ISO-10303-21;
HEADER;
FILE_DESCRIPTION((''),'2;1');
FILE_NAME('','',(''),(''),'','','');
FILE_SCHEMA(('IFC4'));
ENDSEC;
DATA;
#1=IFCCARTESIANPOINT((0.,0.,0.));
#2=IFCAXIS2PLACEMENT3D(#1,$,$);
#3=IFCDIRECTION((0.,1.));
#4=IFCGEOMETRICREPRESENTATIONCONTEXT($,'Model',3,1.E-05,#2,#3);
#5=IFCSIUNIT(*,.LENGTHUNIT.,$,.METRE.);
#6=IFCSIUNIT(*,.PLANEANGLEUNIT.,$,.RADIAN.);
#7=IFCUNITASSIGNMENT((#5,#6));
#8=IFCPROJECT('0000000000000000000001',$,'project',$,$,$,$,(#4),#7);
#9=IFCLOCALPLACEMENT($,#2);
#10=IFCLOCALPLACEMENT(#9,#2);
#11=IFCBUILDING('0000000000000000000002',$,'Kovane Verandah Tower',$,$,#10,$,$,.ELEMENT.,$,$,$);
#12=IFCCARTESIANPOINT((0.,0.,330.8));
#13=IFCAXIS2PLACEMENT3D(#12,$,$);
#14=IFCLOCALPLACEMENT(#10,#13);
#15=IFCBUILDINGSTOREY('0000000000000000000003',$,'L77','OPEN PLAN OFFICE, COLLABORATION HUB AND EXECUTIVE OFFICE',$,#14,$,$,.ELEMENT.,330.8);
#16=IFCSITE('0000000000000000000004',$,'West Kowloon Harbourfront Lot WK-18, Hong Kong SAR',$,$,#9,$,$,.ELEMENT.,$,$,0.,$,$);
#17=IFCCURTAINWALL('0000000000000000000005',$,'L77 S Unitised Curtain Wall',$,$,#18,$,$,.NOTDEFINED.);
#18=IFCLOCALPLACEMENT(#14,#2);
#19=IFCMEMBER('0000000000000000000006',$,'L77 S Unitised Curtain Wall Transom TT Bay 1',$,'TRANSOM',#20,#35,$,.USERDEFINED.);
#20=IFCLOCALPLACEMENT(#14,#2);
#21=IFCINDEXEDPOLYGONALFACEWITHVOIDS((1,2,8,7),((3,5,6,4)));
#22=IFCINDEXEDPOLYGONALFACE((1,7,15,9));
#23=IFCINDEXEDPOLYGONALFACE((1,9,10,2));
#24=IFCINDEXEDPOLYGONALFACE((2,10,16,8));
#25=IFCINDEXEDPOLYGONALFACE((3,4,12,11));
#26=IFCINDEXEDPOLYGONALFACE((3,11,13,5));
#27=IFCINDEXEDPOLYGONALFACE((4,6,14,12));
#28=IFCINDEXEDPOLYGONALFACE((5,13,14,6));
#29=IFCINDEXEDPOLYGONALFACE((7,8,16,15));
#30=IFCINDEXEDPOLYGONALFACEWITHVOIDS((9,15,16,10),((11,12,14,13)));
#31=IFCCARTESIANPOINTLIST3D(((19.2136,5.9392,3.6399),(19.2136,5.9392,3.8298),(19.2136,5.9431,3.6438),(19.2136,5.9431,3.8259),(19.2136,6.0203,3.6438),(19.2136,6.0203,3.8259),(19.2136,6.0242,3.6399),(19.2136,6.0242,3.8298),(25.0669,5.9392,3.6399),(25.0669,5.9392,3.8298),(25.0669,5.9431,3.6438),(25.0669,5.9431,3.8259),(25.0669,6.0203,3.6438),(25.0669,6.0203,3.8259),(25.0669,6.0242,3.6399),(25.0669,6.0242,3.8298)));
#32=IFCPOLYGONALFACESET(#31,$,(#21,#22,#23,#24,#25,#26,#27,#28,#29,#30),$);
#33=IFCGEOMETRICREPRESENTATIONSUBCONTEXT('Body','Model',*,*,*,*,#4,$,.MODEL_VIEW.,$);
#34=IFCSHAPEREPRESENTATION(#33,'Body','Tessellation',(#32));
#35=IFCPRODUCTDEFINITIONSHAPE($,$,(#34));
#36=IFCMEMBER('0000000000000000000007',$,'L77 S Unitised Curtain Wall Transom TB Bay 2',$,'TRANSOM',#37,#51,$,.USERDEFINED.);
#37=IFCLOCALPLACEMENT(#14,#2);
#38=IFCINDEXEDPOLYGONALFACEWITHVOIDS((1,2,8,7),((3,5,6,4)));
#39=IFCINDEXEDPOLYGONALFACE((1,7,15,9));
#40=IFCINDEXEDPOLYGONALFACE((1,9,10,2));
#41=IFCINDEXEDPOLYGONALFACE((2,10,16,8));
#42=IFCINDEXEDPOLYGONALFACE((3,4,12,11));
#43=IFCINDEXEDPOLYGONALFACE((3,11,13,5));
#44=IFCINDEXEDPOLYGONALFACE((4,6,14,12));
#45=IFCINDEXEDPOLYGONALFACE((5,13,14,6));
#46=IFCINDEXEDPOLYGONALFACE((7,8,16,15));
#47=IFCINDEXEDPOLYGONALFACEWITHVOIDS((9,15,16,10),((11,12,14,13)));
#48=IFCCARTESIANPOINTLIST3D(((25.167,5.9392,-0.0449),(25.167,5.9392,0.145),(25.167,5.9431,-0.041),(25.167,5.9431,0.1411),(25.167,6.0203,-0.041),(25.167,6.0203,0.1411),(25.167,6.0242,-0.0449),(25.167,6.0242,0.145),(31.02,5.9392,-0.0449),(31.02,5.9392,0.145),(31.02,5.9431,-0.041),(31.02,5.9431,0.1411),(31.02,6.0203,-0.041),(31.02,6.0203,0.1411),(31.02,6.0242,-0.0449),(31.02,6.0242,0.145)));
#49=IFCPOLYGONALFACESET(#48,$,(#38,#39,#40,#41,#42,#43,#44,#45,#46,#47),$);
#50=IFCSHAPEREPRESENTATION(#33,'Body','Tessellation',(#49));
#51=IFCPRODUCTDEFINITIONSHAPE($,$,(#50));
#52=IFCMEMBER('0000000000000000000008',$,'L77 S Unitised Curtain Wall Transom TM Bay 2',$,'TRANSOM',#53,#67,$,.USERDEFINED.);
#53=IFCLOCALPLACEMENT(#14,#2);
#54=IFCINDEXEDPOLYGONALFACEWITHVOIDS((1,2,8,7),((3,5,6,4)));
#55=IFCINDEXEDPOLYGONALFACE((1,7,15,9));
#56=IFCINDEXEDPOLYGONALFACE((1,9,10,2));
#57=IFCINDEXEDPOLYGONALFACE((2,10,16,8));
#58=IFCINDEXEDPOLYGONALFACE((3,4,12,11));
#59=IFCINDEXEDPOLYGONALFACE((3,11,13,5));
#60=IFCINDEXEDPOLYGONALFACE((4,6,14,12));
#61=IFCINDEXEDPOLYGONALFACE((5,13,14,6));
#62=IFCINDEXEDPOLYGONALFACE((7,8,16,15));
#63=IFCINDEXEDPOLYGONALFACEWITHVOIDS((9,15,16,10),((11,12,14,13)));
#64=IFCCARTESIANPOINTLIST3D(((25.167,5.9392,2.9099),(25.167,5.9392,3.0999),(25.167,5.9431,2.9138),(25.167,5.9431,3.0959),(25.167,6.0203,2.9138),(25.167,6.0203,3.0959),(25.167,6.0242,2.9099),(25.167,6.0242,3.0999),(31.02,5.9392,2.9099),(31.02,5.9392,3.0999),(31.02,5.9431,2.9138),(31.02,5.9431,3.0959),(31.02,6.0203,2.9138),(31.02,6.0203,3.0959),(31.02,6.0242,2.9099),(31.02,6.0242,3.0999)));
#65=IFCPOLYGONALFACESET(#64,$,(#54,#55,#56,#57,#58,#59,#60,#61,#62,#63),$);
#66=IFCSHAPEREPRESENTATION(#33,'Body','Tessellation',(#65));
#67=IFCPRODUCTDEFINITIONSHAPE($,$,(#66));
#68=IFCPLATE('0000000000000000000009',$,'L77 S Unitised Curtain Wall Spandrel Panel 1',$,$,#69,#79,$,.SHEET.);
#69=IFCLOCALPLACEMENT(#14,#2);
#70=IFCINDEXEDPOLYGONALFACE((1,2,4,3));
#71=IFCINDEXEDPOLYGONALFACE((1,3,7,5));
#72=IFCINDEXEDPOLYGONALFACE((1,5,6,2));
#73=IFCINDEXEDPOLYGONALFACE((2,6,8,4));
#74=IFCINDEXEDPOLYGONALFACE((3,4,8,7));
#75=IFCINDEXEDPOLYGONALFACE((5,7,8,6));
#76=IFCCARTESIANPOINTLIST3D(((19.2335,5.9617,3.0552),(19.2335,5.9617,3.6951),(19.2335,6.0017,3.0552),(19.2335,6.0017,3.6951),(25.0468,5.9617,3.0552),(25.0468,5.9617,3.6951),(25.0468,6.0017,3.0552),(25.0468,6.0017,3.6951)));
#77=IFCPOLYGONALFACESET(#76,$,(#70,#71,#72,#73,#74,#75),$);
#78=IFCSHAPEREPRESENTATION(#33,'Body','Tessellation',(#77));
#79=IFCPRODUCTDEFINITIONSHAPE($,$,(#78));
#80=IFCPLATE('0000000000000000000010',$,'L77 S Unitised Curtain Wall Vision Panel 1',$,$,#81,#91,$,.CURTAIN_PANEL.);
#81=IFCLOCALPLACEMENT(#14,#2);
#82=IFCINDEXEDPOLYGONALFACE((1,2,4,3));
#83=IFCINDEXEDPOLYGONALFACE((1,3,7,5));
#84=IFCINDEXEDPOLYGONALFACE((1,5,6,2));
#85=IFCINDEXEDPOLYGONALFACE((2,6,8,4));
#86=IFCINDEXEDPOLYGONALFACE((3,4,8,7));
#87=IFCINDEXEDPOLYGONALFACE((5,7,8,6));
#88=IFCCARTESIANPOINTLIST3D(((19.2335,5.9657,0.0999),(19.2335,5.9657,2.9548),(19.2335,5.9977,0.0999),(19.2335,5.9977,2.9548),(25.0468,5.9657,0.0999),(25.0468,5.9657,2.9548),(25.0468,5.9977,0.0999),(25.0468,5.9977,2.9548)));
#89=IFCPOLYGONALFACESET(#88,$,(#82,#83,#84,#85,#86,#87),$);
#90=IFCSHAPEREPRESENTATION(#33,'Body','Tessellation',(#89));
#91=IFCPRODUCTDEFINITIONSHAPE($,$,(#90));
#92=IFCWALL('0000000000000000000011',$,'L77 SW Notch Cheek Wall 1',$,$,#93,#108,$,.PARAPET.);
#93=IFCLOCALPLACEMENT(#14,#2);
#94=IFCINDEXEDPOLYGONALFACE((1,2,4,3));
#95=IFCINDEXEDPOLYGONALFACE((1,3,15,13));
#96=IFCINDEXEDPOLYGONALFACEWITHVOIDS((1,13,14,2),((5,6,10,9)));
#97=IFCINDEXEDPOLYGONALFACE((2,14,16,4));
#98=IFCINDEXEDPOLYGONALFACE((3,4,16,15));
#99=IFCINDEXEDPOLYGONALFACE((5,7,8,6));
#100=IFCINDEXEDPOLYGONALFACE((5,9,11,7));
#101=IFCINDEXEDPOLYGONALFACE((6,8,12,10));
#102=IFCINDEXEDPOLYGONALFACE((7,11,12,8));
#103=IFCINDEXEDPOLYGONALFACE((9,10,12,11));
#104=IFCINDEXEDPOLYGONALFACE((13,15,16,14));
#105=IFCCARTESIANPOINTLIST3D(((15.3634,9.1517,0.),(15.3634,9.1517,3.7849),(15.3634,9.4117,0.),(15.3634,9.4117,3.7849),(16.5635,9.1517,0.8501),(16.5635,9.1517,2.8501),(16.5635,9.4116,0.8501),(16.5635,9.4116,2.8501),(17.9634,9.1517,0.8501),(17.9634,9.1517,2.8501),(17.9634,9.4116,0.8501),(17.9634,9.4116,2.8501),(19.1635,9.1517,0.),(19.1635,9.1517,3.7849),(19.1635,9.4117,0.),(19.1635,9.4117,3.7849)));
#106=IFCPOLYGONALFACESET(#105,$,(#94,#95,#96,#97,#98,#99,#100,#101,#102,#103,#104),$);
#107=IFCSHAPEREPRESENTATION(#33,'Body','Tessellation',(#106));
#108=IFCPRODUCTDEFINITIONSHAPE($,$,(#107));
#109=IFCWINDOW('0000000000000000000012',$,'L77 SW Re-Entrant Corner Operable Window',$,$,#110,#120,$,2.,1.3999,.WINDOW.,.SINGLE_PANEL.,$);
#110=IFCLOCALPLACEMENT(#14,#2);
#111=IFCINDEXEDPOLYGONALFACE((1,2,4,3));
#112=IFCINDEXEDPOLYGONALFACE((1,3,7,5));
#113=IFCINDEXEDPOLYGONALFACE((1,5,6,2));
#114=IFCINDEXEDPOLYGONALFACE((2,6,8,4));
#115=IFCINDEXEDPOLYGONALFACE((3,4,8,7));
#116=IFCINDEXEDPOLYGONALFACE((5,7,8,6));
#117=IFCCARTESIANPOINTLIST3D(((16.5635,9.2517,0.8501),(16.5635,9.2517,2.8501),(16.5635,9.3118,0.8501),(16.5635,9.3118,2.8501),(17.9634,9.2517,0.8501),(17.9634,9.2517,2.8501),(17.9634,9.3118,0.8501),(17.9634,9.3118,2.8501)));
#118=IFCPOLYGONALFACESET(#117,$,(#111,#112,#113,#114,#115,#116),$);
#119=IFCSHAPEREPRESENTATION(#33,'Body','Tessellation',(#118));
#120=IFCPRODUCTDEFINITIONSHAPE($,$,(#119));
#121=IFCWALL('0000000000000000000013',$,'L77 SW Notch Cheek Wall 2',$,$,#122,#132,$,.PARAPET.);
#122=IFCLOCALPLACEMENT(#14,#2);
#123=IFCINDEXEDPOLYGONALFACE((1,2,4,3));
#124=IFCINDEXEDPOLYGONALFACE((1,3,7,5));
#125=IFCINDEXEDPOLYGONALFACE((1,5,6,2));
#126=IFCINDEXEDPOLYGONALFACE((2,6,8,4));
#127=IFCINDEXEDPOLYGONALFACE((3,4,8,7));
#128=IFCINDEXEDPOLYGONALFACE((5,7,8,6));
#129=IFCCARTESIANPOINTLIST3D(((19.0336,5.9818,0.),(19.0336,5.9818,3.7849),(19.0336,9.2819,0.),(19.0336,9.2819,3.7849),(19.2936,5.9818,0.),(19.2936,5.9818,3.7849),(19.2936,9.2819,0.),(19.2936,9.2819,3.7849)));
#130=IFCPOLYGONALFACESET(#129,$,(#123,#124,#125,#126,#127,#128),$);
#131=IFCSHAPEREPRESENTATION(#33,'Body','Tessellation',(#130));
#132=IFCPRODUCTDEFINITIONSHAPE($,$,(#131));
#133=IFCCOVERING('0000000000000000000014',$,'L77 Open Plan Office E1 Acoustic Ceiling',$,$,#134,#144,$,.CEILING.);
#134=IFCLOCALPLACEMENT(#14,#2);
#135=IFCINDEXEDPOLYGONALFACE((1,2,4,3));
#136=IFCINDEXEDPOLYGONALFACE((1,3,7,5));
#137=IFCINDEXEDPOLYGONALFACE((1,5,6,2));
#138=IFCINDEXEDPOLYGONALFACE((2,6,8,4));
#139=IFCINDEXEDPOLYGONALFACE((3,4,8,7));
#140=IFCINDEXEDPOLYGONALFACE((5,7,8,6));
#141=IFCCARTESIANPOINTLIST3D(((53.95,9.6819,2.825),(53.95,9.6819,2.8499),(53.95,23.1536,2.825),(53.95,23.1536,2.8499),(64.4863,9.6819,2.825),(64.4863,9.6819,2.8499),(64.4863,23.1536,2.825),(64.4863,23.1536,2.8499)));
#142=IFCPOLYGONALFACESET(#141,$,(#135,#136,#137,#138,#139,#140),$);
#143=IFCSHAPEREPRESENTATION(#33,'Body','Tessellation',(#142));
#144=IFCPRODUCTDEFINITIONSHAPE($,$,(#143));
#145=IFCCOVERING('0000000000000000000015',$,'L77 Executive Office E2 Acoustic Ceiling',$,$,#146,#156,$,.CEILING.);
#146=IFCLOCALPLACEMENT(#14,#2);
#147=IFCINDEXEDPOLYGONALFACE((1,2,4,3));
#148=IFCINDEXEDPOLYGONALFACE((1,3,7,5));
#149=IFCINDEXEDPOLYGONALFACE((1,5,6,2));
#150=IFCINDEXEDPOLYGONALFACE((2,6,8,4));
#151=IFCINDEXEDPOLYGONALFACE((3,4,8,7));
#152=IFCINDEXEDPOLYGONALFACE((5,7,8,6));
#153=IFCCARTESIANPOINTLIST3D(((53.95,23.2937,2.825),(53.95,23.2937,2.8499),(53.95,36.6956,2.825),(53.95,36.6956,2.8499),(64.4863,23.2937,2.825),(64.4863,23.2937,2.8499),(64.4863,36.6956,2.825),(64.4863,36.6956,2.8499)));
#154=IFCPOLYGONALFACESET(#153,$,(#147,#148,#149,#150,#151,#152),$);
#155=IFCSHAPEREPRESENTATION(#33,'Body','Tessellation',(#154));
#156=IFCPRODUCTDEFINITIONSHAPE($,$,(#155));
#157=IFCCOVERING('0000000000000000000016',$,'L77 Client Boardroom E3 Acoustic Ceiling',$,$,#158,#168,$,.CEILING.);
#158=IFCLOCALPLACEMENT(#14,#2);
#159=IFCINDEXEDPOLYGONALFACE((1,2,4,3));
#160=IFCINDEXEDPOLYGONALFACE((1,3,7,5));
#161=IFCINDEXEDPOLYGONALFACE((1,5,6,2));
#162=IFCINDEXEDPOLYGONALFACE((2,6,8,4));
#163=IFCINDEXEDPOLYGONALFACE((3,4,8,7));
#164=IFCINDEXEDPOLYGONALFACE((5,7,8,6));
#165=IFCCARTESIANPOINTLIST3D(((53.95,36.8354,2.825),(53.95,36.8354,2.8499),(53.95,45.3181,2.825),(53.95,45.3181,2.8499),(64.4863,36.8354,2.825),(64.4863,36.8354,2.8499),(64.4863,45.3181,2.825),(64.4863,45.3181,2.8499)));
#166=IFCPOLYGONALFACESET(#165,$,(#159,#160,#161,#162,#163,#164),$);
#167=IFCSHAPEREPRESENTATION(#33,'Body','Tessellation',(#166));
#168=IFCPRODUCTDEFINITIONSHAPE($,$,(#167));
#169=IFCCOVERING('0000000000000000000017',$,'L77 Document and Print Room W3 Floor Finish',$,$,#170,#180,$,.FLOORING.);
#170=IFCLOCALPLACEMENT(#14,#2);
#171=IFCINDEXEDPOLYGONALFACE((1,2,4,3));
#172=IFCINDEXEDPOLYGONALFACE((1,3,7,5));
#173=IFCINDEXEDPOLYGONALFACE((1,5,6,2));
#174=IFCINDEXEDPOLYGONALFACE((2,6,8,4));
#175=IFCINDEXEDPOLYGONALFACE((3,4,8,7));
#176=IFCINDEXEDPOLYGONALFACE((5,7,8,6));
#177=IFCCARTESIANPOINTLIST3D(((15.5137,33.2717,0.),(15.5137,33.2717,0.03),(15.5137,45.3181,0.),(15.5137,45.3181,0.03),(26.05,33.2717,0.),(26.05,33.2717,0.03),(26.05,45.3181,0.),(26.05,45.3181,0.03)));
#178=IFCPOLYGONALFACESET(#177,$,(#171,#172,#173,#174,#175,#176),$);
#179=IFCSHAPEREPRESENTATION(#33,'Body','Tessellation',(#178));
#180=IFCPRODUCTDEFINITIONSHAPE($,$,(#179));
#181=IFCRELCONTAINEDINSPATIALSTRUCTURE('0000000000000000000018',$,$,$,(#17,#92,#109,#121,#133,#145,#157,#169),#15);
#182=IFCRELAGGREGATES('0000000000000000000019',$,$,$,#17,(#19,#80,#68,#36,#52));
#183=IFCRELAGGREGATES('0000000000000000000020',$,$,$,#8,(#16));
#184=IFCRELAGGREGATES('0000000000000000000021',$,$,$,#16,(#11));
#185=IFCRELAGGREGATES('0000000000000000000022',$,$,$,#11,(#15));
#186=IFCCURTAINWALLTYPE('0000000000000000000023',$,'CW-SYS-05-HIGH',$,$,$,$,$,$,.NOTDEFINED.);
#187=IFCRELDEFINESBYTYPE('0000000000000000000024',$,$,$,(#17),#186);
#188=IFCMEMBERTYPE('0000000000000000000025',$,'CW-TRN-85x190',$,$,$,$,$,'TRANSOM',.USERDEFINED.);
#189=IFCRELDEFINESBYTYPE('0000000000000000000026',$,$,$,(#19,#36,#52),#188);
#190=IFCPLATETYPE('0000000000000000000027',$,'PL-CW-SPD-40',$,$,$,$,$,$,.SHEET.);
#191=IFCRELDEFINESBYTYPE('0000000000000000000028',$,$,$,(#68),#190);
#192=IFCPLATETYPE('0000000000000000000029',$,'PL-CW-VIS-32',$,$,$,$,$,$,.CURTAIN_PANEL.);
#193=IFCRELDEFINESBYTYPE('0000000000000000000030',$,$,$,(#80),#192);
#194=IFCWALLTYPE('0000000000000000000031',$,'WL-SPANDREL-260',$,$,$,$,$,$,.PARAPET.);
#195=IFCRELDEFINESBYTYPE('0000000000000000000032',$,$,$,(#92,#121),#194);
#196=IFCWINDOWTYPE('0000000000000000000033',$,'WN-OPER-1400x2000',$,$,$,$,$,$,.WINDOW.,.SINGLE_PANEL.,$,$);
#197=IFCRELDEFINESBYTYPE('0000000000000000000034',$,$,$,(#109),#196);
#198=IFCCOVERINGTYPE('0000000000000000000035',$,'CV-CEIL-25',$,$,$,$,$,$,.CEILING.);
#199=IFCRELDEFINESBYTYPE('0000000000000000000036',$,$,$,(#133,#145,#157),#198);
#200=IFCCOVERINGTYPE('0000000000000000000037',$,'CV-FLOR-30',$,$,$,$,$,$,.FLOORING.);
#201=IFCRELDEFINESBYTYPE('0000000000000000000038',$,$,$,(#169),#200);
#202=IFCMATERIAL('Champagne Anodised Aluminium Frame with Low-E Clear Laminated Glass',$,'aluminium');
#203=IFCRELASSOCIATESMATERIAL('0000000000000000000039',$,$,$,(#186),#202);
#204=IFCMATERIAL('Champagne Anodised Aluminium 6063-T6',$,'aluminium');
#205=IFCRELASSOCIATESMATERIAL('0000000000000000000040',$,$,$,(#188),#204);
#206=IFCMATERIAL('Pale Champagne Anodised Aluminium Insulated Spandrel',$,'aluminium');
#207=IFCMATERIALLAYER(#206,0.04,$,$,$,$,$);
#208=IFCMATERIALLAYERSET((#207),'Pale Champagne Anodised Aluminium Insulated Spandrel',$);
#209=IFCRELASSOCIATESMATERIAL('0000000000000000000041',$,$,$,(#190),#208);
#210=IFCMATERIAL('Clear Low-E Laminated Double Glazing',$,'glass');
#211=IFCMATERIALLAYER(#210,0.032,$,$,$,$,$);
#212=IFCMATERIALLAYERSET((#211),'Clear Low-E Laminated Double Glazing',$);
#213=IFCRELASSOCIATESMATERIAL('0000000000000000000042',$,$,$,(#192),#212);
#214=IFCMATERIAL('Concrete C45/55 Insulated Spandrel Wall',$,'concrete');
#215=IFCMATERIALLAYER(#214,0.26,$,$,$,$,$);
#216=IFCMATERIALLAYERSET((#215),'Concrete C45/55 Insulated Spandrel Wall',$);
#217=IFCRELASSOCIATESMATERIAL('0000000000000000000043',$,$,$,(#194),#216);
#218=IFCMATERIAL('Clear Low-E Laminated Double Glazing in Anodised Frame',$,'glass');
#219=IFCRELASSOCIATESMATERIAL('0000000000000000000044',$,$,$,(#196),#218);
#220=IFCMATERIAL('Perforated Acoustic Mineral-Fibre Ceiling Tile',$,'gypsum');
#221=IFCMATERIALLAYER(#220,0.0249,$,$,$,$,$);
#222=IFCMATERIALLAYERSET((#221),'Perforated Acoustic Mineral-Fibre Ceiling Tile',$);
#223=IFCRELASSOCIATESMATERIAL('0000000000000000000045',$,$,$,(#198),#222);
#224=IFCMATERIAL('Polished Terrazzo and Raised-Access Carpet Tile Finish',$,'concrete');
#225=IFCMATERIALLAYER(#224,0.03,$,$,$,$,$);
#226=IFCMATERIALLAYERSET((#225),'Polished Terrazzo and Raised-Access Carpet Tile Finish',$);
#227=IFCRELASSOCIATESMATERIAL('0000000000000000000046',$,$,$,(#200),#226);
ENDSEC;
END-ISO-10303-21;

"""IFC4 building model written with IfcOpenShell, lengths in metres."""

from ifc_helpers import new_model, si_unit, direction, frame, frame_2d, origin, origin_2d, place, context, subcontext, project, spatial, polyline, rectangle, hollow_rectangle, outline, extrude, material, layer, layer_set, material_profile, profile_set, type_object, element, fill, aggregate, save


model = new_model("IFC4")

# Units and contexts
model_context = context("Model", 3, precision=1e-05, world=origin(), true_north=direction((0.0, 1.0)))
body_context = subcontext(model_context, "Body", "Model", "MODEL_VIEW")
ifc_project = project(units=[si_unit("LENGTHUNIT", "METRE"), si_unit("PLANEANGLEUNIT", "RADIAN")], contexts=[model_context])

# Site, building, storey
site_placement = place(None, origin())
site = spatial("IfcSite", under=ifc_project, at=site_placement, Name="West Kowloon Harbourfront Lot WK-18, Hong Kong SAR", CompositionType="ELEMENT", RefElevation=0.0)
building_placement = place(site_placement, origin())
building = spatial("IfcBuilding", under=site, at=building_placement, Name="Kovane Verandah Tower", CompositionType="ELEMENT")
storey_placement = place(building_placement, frame((0.0, 0.0, 330.8)))
storey = spatial("IfcBuildingStorey", under=building, at=storey_placement, Name="L77", Description="OPEN PLAN OFFICE, COLLABORATION HUB AND EXECUTIVE OFFICE", CompositionType="ELEMENT", Elevation=330.8)

# Curtain wall, members, plates
ifc_material_1 = material(Name="Champagne Anodised Aluminium Frame with Low-E Clear Laminated Glass", Category="aluminium")
curtain_wall_type = type_object("IfcCurtainWallType", Name="CW-SYS-05-HIGH", PredefinedType="NOTDEFINED", material=ifc_material_1)
curtain_wall_placement = place(storey_placement, origin())
curtain_wall = element("IfcCurtainWall", 1, at=curtain_wall_placement, inside=storey, type_object=curtain_wall_type, Name="L77 S Unitised Curtain Wall", PredefinedType="NOTDEFINED")
ifc_material_2 = material(Name="Champagne Anodised Aluminium 6063-T6", Category="aluminium")
ifc_material_profile_1 = material_profile(ifc_material_2, hollow_rectangle(XDim=0.085, YDim=0.1899, WallThickness=0.0039, at=origin_2d()), Name="AL85x190x4")
ifc_profile_set_1 = profile_set([ifc_material_profile_1], Name="Champagne Anodised Aluminium 6063-T6")
member_type_1 = type_object("IfcMemberType", Name="CW-TRN-85x190", ElementType="TRANSOM", PredefinedType="USERDEFINED", material=ifc_profile_set_1)
member_1_placement = place(storey_placement, frame((19.2136, 5.9817, 3.7349), z_axis=(1.0, 0.0, 0.0), x_axis=(0.0, 1.0, 0.0)))
member_1 = element("IfcMember", 2, at=member_1_placement, type_object=member_type_1, Name="L77 S Unitised Curtain Wall Transom TT Bay 1", ObjectType="TRANSOM", PredefinedType="USERDEFINED", context=body_context, shape_type="SweptSolid", body=[
    extrude(hollow_rectangle(XDim=0.085, YDim=0.1899, WallThickness=0.0039, at=origin_2d()), origin(), (0.0, 0.0, 1.0), 5.8533),
])
member_2_placement = place(storey_placement, frame((25.167, 5.9817, 0.05), z_axis=(1.0, 0.0, 0.0), x_axis=(0.0, 1.0, 0.0)))
member_2 = element("IfcMember", 3, at=member_2_placement, type_object=member_type_1, Name="L77 S Unitised Curtain Wall Transom TB Bay 2", ObjectType="TRANSOM", PredefinedType="USERDEFINED", context=body_context, shape_type="SweptSolid", body=[
    extrude(hollow_rectangle(XDim=0.085, YDim=0.1899, WallThickness=0.0039, at=origin_2d()), origin(), (0.0, 0.0, 1.0), 5.853),
])
member_3_placement = place(storey_placement, frame((25.167, 5.9817, 3.0049), z_axis=(1.0, 0.0, 0.0), x_axis=(0.0, 1.0, 0.0)))
member_3 = element("IfcMember", 4, at=member_3_placement, type_object=member_type_1, Name="L77 S Unitised Curtain Wall Transom TM Bay 2", ObjectType="TRANSOM", PredefinedType="USERDEFINED", context=body_context, shape_type="SweptSolid", body=[
    extrude(hollow_rectangle(XDim=0.085, YDim=0.1899, WallThickness=0.0039, at=origin_2d()), origin(), (0.0, 0.0, 1.0), 5.853),
])
ifc_material_3 = material(Name="Pale Champagne Anodised Aluminium Insulated Spandrel", Category="aluminium")
ifc_layer_1 = layer(ifc_material_3, 0.04)
ifc_layer_set_1 = layer_set([ifc_layer_1], Name="Pale Champagne Anodised Aluminium Insulated Spandrel")
plate_type_1 = type_object("IfcPlateType", Name="PL-CW-SPD-40", PredefinedType="SHEET", material=ifc_layer_set_1)
plate_1_placement = place(storey_placement, frame((22.1401, 5.9817, 3.0552), z_axis=(0.0, 0.0, 1.0), x_axis=(1.0, 0.0, 0.0)))
plate_1 = element("IfcPlate", 5, at=plate_1_placement, type_object=plate_type_1, Name="L77 S Unitised Curtain Wall Spandrel Panel 1", PredefinedType="SHEET", context=body_context, shape_type="SweptSolid", body=[
    extrude(rectangle(XDim=5.8132, YDim=0.04, at=origin_2d()), origin(), (0.0, 0.0, 1.0), 0.6399),
])
ifc_material_4 = material(Name="Clear Low-E Laminated Double Glazing", Category="glass")
ifc_layer_2 = layer(ifc_material_4, 0.032)
ifc_layer_set_2 = layer_set([ifc_layer_2], Name="Clear Low-E Laminated Double Glazing")
plate_type_2 = type_object("IfcPlateType", Name="PL-CW-VIS-32", PredefinedType="CURTAIN_PANEL", material=ifc_layer_set_2)
plate_2_placement = place(storey_placement, frame((22.1401, 5.9817, 0.0999), z_axis=(0.0, 0.0, 1.0), x_axis=(1.0, 0.0, 0.0)))
plate_2 = element("IfcPlate", 6, at=plate_2_placement, type_object=plate_type_2, Name="L77 S Unitised Curtain Wall Vision Panel 1", PredefinedType="CURTAIN_PANEL", context=body_context, shape_type="SweptSolid", body=[
    extrude(rectangle(XDim=5.8132, YDim=0.032, at=origin_2d()), origin(), (0.0, 0.0, 1.0), 2.855),
])
aggregate(curtain_wall, [member_1, plate_2, plate_1, member_2, member_3])

# Wall, opening, window
ifc_material_5 = material(Name="Concrete C45/55 Insulated Spandrel Wall", Category="concrete")
ifc_layer_3 = layer(ifc_material_5, 0.26)
ifc_layer_set_3 = layer_set([ifc_layer_3], Name="Concrete C45/55 Insulated Spandrel Wall")
wall_type = type_object("IfcWallType", Name="WL-SPANDREL-260", PredefinedType="PARAPET", material=ifc_layer_set_3)
wall_1_placement = place(storey_placement, frame((15.3635, 9.2817, 0.0), z_axis=(0.0, 0.0, 1.0), x_axis=(1.0, 0.0, 0.0)))
wall_1 = element("IfcWall", 7, at=wall_1_placement, inside=storey, type_object=wall_type, Name="L77 SW Notch Cheek Wall 1", PredefinedType="PARAPET", context=body_context, shape_type="SweptSolid", body=[
    extrude(rectangle(XDim=3.8, YDim=0.26, at=frame_2d((1.8999, 0.0))), origin(), (0.0, 0.0, 1.0), 3.7849),
])
opening_placement = place(wall_1_placement, frame((1.2, 0.0, 0.8501)))
opening = element("IfcOpeningElement", 8, at=opening_placement, cuts=wall_1, PredefinedType="OPENING", context=body_context, shape_type="SweptSolid", body=[
    extrude(rectangle(XDim=1.3999, YDim=2.0, at=frame_2d((0.7, 1.0))), frame((0.0, 0.1299, 0.0), z_axis=(0.0, -1.0, 0.0), x_axis=(1.0, 0.0, 0.0)), (0.0, 0.0, 1.0), 0.26),
])
ifc_material_6 = material(Name="Clear Low-E Laminated Double Glazing in Anodised Frame", Category="glass")
window_type = type_object("IfcWindowType", Name="WN-OPER-1400x2000", PartitioningType="SINGLE_PANEL", PredefinedType="WINDOW", material=ifc_material_6)
window_placement = place(opening_placement, origin())
window = element("IfcWindow", 9, at=window_placement, inside=storey, type_object=window_type, Name="L77 SW Re-Entrant Corner Operable Window", OverallHeight=2.0, OverallWidth=1.3999, PartitioningType="SINGLE_PANEL", PredefinedType="WINDOW", context=body_context, shape_type="SweptSolid", body=[
    extrude(rectangle(XDim=1.3999, YDim=2.0, at=frame_2d((0.7, 1.0))), frame((0.0, 0.03, 0.0), z_axis=(0.0, -1.0, 0.0), x_axis=(1.0, 0.0, 0.0)), (0.0, 0.0, 1.0), 0.0601),
])
fill(opening, window)

# Wall
wall_2_placement = place(storey_placement, frame((19.1636, 9.2817, 0.0), z_axis=(0.0, 0.0, 1.0), x_axis=(0.0, -1.0, 0.0)))
element("IfcWall", 10, at=wall_2_placement, inside=storey, type_object=wall_type, Name="L77 SW Notch Cheek Wall 2", PredefinedType="PARAPET", context=body_context, shape_type="SweptSolid", body=[
    extrude(rectangle(XDim=3.3, YDim=0.26, at=frame_2d((1.6499, 0.0))), origin(), (0.0, 0.0, 1.0), 3.7849),
])

# Coverings
ifc_material_7 = material(Name="Perforated Acoustic Mineral-Fibre Ceiling Tile", Category="gypsum")
ifc_layer_4 = layer(ifc_material_7, 0.0249)
ifc_layer_set_4 = layer_set([ifc_layer_4], Name="Perforated Acoustic Mineral-Fibre Ceiling Tile")
covering_type_1 = type_object("IfcCoveringType", Name="CV-CEIL-25", PredefinedType="CEILING", material=ifc_layer_set_4)
covering_1_placement = place(storey_placement, frame((0.0, 0.0, 2.825)))
element("IfcCovering", 11, at=covering_1_placement, inside=storey, type_object=covering_type_1, Name="L77 Open Plan Office E1 Acoustic Ceiling", PredefinedType="CEILING", context=body_context, shape_type="SweptSolid", body=[
    extrude(outline(polyline([(53.95, 9.6819), (64.4863, 9.6819), (64.4863, 23.1536), (53.95, 23.1536), (53.95, 9.6819)])), origin(), (0.0, 0.0, 1.0), 0.0249),
])
covering_2_placement = place(storey_placement, frame((0.0, 0.0, 2.825)))
element("IfcCovering", 12, at=covering_2_placement, inside=storey, type_object=covering_type_1, Name="L77 Executive Office E2 Acoustic Ceiling", PredefinedType="CEILING", context=body_context, shape_type="SweptSolid", body=[
    extrude(outline(polyline([(53.95, 23.2937), (64.4863, 23.2937), (64.4863, 36.6956), (53.95, 36.6956), (53.95, 23.2937)])), origin(), (0.0, 0.0, 1.0), 0.0249),
])
covering_3_placement = place(storey_placement, frame((0.0, 0.0, 2.825)))
element("IfcCovering", 13, at=covering_3_placement, inside=storey, type_object=covering_type_1, Name="L77 Client Boardroom E3 Acoustic Ceiling", PredefinedType="CEILING", context=body_context, shape_type="SweptSolid", body=[
    extrude(outline(polyline([(53.95, 36.8354), (64.4863, 36.8354), (64.4863, 45.3181), (53.95, 45.3181), (53.95, 36.8354)])), origin(), (0.0, 0.0, 1.0), 0.0249),
])
ifc_material_8 = material(Name="Polished Terrazzo and Raised-Access Carpet Tile Finish", Category="concrete")
ifc_layer_5 = layer(ifc_material_8, 0.03)
ifc_layer_set_5 = layer_set([ifc_layer_5], Name="Polished Terrazzo and Raised-Access Carpet Tile Finish")
covering_type_2 = type_object("IfcCoveringType", Name="CV-FLOR-30", PredefinedType="FLOORING", material=ifc_layer_set_5)
covering_4_placement = place(storey_placement, origin())
element("IfcCovering", 14, at=covering_4_placement, inside=storey, type_object=covering_type_2, Name="L77 Document and Print Room W3 Floor Finish", PredefinedType="FLOORING", context=body_context, shape_type="SweptSolid", body=[
    extrude(outline(polyline([(15.5137, 33.2717), (26.05, 33.2717), (26.05, 45.3181), (15.5137, 45.3181), (15.5137, 33.2717)])), origin(), (0.0, 0.0, 1.0), 0.03),
])

save(model, "model.ifc")
